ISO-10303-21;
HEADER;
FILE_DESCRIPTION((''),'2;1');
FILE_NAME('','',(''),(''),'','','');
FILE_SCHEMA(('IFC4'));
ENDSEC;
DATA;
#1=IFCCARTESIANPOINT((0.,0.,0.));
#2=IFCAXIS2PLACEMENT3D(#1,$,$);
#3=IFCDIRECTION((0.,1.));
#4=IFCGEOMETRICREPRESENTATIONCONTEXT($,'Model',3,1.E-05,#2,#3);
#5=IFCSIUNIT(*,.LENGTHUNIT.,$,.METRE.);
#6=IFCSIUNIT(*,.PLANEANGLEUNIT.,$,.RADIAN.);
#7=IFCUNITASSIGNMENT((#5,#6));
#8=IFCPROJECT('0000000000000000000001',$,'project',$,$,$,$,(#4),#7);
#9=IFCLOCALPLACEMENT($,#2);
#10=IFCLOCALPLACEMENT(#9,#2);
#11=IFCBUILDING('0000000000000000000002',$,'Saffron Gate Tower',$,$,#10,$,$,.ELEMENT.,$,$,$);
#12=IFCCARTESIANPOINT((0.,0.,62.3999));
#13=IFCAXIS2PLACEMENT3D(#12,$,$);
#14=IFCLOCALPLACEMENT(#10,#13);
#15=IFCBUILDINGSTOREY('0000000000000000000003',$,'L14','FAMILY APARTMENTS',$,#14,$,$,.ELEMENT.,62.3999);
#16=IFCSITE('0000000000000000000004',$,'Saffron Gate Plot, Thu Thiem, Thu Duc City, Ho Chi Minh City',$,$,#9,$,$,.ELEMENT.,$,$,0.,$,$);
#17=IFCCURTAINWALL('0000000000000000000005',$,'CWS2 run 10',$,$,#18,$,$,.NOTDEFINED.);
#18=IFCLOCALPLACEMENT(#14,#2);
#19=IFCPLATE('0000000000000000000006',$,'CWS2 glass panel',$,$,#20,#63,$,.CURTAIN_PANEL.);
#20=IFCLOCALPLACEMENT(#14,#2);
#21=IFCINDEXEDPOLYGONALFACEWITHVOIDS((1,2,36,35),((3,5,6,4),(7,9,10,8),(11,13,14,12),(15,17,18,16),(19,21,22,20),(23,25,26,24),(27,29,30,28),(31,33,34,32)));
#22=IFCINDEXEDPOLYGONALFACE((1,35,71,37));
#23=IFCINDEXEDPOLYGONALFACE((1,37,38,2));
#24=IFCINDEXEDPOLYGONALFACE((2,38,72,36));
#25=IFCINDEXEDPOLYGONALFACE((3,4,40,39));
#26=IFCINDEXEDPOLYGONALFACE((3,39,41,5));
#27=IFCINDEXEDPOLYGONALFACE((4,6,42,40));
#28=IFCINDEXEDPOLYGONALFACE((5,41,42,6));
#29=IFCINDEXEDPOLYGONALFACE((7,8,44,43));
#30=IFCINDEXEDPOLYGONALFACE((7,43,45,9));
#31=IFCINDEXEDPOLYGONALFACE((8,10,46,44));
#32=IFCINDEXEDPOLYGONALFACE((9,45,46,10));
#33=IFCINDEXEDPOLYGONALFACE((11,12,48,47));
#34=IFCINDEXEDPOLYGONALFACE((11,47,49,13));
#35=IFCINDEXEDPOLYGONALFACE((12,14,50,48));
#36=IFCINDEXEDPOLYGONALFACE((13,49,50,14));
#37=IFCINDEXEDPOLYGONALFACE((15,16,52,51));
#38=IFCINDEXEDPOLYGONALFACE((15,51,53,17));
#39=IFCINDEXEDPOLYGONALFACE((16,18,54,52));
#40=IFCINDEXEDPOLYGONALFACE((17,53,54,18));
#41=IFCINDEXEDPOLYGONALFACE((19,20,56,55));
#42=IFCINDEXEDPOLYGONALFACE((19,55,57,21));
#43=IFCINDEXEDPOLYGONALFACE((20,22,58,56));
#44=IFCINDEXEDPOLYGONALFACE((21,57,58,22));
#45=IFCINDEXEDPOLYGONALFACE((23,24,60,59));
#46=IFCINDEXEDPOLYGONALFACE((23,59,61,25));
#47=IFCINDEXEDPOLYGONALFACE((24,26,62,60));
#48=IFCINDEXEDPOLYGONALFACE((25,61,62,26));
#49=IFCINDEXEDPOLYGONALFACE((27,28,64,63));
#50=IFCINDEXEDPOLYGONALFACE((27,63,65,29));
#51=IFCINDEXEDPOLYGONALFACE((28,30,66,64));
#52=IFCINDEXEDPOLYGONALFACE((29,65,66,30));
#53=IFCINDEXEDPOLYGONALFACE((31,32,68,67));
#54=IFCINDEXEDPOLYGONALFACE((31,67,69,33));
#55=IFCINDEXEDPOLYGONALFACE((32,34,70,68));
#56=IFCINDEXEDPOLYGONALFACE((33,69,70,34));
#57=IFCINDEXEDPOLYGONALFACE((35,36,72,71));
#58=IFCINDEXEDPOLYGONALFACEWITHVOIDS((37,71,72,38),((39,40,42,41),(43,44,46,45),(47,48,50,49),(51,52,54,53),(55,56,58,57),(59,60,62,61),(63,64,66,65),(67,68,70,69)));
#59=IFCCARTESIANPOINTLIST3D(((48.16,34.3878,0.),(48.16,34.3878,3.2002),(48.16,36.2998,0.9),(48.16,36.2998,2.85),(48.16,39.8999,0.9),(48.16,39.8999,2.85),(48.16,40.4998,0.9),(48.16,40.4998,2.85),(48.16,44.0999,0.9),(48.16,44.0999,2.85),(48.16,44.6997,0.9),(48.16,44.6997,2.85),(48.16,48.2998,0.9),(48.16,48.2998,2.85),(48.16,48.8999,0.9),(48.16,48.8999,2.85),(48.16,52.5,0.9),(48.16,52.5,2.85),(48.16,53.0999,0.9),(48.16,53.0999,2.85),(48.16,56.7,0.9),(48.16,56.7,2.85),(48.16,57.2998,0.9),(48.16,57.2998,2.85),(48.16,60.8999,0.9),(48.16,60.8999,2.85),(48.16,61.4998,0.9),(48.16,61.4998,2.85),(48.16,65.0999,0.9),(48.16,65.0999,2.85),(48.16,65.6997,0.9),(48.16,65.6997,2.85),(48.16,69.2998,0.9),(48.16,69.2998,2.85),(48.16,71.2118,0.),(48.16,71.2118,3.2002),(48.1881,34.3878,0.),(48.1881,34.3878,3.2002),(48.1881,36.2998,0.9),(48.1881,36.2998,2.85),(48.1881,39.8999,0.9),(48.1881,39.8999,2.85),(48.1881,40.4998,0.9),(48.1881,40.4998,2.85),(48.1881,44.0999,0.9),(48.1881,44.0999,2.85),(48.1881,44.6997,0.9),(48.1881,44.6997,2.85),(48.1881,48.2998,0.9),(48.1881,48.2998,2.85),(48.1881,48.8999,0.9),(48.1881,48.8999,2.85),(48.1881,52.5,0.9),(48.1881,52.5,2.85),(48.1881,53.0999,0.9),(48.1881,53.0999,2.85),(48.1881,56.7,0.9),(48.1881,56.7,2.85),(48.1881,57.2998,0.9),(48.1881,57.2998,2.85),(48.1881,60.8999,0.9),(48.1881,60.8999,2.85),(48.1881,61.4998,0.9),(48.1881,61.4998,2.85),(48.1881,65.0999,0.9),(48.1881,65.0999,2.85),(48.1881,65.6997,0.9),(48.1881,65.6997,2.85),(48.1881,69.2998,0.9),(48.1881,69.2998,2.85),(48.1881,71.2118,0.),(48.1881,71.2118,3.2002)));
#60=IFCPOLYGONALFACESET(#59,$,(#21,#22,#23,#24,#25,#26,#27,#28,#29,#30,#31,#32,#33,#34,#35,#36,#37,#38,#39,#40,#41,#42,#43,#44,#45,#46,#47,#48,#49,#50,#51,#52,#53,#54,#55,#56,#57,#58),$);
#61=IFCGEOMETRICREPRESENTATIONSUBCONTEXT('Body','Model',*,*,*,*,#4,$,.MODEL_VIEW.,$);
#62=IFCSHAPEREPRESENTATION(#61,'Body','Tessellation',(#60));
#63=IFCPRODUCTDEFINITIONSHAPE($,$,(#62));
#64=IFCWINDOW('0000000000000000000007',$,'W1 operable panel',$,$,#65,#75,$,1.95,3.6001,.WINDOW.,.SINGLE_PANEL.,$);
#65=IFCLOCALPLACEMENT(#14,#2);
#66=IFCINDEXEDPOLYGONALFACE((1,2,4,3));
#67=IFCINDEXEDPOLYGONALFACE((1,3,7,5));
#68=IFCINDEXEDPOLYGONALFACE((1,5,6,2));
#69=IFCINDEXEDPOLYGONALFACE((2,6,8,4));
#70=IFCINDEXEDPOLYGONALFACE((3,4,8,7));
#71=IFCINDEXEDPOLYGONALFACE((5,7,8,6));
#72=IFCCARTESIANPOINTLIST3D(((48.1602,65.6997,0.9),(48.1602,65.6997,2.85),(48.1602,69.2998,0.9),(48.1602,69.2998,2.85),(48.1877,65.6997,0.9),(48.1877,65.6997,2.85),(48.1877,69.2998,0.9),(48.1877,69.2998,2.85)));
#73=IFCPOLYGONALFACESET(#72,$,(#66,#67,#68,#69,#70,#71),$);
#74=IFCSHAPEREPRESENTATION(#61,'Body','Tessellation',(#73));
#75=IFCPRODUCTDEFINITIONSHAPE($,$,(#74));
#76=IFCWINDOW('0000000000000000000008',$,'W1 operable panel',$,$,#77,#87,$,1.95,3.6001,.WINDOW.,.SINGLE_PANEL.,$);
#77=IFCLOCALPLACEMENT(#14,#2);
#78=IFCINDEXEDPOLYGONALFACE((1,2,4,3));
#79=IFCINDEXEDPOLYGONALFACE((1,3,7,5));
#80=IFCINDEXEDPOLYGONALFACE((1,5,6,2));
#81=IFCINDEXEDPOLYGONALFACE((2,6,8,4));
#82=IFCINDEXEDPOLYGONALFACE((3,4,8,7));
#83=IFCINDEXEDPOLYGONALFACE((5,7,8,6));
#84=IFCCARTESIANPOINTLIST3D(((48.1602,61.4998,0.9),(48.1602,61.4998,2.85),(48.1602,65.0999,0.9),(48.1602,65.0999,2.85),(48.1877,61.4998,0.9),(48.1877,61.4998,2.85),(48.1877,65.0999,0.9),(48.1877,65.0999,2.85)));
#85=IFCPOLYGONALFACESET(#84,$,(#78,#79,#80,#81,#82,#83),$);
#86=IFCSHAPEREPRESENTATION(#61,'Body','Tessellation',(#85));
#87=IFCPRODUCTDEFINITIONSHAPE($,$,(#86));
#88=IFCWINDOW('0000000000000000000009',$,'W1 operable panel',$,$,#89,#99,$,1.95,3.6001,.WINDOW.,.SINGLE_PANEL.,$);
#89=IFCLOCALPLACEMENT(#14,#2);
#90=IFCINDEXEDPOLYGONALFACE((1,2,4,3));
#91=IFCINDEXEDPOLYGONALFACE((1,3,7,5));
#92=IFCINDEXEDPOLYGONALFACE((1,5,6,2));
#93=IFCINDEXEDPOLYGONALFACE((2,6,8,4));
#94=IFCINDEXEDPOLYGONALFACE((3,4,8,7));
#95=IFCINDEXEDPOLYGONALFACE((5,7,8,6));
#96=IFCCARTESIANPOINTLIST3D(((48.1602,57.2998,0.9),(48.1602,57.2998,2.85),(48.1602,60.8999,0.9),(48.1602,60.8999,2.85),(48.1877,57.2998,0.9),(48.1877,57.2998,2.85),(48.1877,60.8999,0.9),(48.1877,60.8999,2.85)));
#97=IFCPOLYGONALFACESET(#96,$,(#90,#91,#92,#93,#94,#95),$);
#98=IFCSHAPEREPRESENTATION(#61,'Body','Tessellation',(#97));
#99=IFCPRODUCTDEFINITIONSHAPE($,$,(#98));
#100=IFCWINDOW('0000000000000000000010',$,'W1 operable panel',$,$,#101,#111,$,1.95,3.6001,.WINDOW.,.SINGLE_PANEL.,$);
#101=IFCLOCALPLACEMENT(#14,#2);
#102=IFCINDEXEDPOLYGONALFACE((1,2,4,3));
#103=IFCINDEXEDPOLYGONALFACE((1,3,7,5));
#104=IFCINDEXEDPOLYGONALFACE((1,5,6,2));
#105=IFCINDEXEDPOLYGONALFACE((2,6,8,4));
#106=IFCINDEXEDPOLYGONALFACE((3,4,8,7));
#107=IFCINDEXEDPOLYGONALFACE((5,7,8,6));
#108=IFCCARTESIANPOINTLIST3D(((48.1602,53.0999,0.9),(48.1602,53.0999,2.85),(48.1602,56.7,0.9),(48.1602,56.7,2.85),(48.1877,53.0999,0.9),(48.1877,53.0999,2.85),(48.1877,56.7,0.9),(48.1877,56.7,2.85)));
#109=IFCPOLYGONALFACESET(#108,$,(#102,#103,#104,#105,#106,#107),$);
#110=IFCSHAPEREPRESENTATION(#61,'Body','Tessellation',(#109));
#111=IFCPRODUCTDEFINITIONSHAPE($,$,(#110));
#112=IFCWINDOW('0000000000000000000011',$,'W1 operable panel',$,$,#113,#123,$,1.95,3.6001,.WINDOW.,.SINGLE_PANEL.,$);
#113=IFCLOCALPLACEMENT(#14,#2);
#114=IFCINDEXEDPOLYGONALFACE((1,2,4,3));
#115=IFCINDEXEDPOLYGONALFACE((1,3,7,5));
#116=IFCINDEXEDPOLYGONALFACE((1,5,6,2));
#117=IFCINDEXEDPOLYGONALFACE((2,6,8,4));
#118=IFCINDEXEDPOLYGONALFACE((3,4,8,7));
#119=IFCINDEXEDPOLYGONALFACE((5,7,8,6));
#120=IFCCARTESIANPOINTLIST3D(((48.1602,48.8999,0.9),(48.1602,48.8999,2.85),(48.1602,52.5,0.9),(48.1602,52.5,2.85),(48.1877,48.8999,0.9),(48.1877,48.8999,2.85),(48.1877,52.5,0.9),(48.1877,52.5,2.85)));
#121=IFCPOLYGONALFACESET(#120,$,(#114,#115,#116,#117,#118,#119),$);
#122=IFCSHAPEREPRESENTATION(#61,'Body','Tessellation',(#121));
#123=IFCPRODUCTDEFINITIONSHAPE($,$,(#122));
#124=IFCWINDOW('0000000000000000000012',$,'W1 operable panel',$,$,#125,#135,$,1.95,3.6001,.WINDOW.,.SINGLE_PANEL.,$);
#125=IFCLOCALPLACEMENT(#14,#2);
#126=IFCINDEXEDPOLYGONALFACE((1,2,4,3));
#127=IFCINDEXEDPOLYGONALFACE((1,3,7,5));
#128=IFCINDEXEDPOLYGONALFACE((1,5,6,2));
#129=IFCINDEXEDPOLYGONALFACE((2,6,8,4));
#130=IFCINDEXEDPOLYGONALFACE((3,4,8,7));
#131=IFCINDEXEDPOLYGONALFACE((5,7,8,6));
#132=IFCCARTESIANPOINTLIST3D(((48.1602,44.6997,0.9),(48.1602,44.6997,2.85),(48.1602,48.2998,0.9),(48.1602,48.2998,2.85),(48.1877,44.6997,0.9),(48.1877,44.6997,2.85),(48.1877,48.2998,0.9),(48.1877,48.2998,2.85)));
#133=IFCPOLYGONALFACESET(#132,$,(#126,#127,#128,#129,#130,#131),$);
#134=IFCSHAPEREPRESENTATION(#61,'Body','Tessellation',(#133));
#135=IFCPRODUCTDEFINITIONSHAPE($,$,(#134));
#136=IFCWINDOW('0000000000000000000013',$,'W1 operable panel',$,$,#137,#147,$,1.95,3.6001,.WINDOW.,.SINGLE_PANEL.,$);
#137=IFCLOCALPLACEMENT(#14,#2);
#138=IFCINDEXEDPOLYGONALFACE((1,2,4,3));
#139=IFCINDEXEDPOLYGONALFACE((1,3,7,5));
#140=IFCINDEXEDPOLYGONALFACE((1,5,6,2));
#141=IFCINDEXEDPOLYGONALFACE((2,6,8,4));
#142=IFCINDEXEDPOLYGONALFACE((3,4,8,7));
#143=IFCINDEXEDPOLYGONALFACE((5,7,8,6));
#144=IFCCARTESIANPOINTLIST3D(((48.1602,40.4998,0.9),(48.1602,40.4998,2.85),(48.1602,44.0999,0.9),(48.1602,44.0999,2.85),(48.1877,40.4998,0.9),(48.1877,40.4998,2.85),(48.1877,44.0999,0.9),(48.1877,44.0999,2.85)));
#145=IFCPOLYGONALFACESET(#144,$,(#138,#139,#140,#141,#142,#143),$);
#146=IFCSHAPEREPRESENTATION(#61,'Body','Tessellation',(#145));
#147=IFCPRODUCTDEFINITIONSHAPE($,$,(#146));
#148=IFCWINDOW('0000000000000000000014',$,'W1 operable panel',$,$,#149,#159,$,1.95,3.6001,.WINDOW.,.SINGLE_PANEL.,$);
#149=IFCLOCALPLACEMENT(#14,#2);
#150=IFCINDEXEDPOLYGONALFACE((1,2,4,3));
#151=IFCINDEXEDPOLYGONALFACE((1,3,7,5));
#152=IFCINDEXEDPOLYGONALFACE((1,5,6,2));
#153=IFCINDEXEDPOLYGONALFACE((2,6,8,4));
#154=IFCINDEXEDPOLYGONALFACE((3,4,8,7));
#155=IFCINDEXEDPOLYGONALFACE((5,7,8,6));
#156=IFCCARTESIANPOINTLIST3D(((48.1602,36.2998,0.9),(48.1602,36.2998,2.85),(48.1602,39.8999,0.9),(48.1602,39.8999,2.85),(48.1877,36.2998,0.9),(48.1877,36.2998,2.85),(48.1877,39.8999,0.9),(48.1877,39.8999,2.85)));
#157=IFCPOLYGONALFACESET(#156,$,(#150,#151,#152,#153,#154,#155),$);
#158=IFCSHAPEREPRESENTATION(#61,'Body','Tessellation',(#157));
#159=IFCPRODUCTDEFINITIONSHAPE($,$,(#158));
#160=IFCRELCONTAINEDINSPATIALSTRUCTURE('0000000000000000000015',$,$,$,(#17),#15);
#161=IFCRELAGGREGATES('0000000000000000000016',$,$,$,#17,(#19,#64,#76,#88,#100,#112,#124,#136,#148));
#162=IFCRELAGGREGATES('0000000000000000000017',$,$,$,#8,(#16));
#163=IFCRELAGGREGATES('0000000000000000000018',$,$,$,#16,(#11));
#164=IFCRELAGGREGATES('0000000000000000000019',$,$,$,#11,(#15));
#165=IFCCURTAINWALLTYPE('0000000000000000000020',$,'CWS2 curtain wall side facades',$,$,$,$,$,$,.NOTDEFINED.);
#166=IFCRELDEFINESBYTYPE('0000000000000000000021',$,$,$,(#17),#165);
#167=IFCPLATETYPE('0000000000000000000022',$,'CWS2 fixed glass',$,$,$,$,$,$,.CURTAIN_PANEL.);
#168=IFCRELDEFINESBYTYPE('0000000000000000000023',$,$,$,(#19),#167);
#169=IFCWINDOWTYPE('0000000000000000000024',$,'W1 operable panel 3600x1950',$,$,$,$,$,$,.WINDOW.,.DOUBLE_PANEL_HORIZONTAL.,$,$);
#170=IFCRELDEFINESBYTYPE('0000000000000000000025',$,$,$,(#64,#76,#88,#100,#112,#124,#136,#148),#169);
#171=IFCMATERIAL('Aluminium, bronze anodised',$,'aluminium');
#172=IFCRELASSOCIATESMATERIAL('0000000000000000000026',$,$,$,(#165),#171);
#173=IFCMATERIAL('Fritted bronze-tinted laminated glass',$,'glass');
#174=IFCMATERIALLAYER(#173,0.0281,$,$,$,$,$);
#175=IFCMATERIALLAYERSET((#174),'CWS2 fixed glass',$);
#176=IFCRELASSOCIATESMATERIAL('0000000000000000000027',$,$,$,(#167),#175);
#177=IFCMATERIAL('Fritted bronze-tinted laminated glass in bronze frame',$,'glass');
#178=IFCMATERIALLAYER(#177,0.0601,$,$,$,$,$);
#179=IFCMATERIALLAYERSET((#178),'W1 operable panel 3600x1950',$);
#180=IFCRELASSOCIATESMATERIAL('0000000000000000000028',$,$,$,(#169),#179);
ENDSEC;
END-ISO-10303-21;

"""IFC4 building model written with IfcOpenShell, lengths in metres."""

from ifc_helpers import new_model, si_unit, direction, frame, frame_2d, origin, place, context, subcontext, project, spatial, rectangle, extrude, material, layer, layer_set, type_object, element, fill, aggregate, save


model = new_model("IFC4")

# Units and contexts
model_context = context("Model", 3, precision=1e-05, world=origin(), true_north=direction((0.0, 1.0)))
body_context = subcontext(model_context, "Body", "Model", "MODEL_VIEW")
ifc_project = project(units=[si_unit("LENGTHUNIT", "METRE"), si_unit("PLANEANGLEUNIT", "RADIAN")], contexts=[model_context])

# Site, building, storey
site_placement = place(None, origin())
site = spatial("IfcSite", under=ifc_project, at=site_placement, Name="Saffron Gate Plot, Thu Thiem, Thu Duc City, Ho Chi Minh City", CompositionType="ELEMENT", RefElevation=0.0)
building_placement = place(site_placement, origin())
building = spatial("IfcBuilding", under=site, at=building_placement, Name="Saffron Gate Tower", CompositionType="ELEMENT")
storey_placement = place(building_placement, frame((0.0, 0.0, 62.3999)))
storey = spatial("IfcBuildingStorey", under=building, at=storey_placement, Name="L14", Description="FAMILY APARTMENTS", CompositionType="ELEMENT", Elevation=62.3999)

# Curtain wall
ifc_material_1 = material(Name="Aluminium, bronze anodised", Category="aluminium")
curtain_wall_type_1 = type_object("IfcCurtainWallType", Name="CWS2 curtain wall side facades", PredefinedType="NOTDEFINED", material=ifc_material_1)
curtain_wall_1_placement = place(storey_placement, origin())
curtain_wall_1 = element("IfcCurtainWall", 1, at=curtain_wall_1_placement, inside=storey, type_object=curtain_wall_type_1, Name="CWS2 run 10", PredefinedType="NOTDEFINED")

# Plate, openings, windows
ifc_material_2 = material(Name="Fritted bronze-tinted laminated glass", Category="glass")
ifc_layer_1 = layer(ifc_material_2, 0.0281)
ifc_layer_set_1 = layer_set([ifc_layer_1], Name="CWS2 fixed glass")
plate_type_1 = type_object("IfcPlateType", Name="CWS2 fixed glass", PredefinedType="CURTAIN_PANEL", material=ifc_layer_set_1)
plate_1_placement = place(storey_placement, frame((48.1741, 71.2119, 0.0), z_axis=(0.0, 0.0, 1.0), x_axis=(0.0, -1.0, 0.0)))
plate_1 = element("IfcPlate", 2, at=plate_1_placement, type_object=plate_type_1, Name="CWS2 glass panel", PredefinedType="CURTAIN_PANEL", context=body_context, shape_type="SweptSolid", body=[
    extrude(rectangle(XDim=36.824, YDim=0.0281, at=frame_2d((18.4121, 0.0))), origin(), (0.0, 0.0, 1.0), 3.2002),
])
opening_1_placement = place(plate_1_placement, frame((1.9121, 0.0, 0.8999)))
opening_1 = element("IfcOpeningElement", 3, at=opening_1_placement, cuts=plate_1, PredefinedType="OPENING", context=body_context, shape_type="SweptSolid", body=[
    extrude(rectangle(XDim=3.6001, YDim=1.95, at=frame_2d((1.8, 0.9751))), frame((0.0, 0.0239, 0.0), z_axis=(0.0, -1.0, 0.0), x_axis=(1.0, 0.0, 0.0)), (0.0, 0.0, 1.0), 0.0481),
])
opening_2_placement = place(plate_1_placement, frame((6.1121, 0.0, 0.8999)))
opening_2 = element("IfcOpeningElement", 4, at=opening_2_placement, cuts=plate_1, PredefinedType="OPENING", context=body_context, shape_type="SweptSolid", body=[
    extrude(rectangle(XDim=3.6001, YDim=1.95, at=frame_2d((1.8, 0.9751))), frame((0.0, 0.0239, 0.0), z_axis=(0.0, -1.0, 0.0), x_axis=(1.0, 0.0, 0.0)), (0.0, 0.0, 1.0), 0.0481),
])
opening_3_placement = place(plate_1_placement, frame((10.312, 0.0, 0.8999)))
opening_3 = element("IfcOpeningElement", 5, at=opening_3_placement, cuts=plate_1, PredefinedType="OPENING", context=body_context, shape_type="SweptSolid", body=[
    extrude(rectangle(XDim=3.6001, YDim=1.95, at=frame_2d((1.8, 0.9751))), frame((0.0, 0.0239, 0.0), z_axis=(0.0, -1.0, 0.0), x_axis=(1.0, 0.0, 0.0)), (0.0, 0.0, 1.0), 0.0481),
])
opening_4_placement = place(plate_1_placement, frame((14.512, 0.0, 0.8999)))
opening_4 = element("IfcOpeningElement", 6, at=opening_4_placement, cuts=plate_1, PredefinedType="OPENING", context=body_context, shape_type="SweptSolid", body=[
    extrude(rectangle(XDim=3.6001, YDim=1.95, at=frame_2d((1.8, 0.9751))), frame((0.0, 0.0239, 0.0), z_axis=(0.0, -1.0, 0.0), x_axis=(1.0, 0.0, 0.0)), (0.0, 0.0, 1.0), 0.0481),
])
opening_5_placement = place(plate_1_placement, frame((18.7119, 0.0, 0.8999)))
opening_5 = element("IfcOpeningElement", 7, at=opening_5_placement, cuts=plate_1, PredefinedType="OPENING", context=body_context, shape_type="SweptSolid", body=[
    extrude(rectangle(XDim=3.6001, YDim=1.95, at=frame_2d((1.8, 0.9751))), frame((0.0, 0.0239, 0.0), z_axis=(0.0, -1.0, 0.0), x_axis=(1.0, 0.0, 0.0)), (0.0, 0.0, 1.0), 0.0481),
])
opening_6_placement = place(plate_1_placement, frame((22.9121, 0.0, 0.8999)))
opening_6 = element("IfcOpeningElement", 8, at=opening_6_placement, cuts=plate_1, PredefinedType="OPENING", context=body_context, shape_type="SweptSolid", body=[
    extrude(rectangle(XDim=3.6001, YDim=1.95, at=frame_2d((1.8, 0.9751))), frame((0.0, 0.0239, 0.0), z_axis=(0.0, -1.0, 0.0), x_axis=(1.0, 0.0, 0.0)), (0.0, 0.0, 1.0), 0.0481),
])
opening_7_placement = place(plate_1_placement, frame((27.1121, 0.0, 0.8999)))
opening_7 = element("IfcOpeningElement", 9, at=opening_7_placement, cuts=plate_1, PredefinedType="OPENING", context=body_context, shape_type="SweptSolid", body=[
    extrude(rectangle(XDim=3.6001, YDim=1.95, at=frame_2d((1.8, 0.9751))), frame((0.0, 0.0239, 0.0), z_axis=(0.0, -1.0, 0.0), x_axis=(1.0, 0.0, 0.0)), (0.0, 0.0, 1.0), 0.0481),
])
opening_8_placement = place(plate_1_placement, frame((31.312, 0.0, 0.8999)))
opening_8 = element("IfcOpeningElement", 10, at=opening_8_placement, cuts=plate_1, PredefinedType="OPENING", context=body_context, shape_type="SweptSolid", body=[
    extrude(rectangle(XDim=3.6001, YDim=1.95, at=frame_2d((1.8, 0.9751))), frame((0.0, 0.0239, 0.0), z_axis=(0.0, -1.0, 0.0), x_axis=(1.0, 0.0, 0.0)), (0.0, 0.0, 1.0), 0.0481),
])
ifc_material_3 = material(Name="Fritted bronze-tinted laminated glass in bronze frame", Category="glass")
ifc_layer_2 = layer(ifc_material_3, 0.0601)
ifc_layer_set_2 = layer_set([ifc_layer_2], Name="W1 operable panel 3600x1950")
window_type = type_object("IfcWindowType", Name="W1 operable panel 3600x1950", PartitioningType="DOUBLE_PANEL_HORIZONTAL", PredefinedType="WINDOW", material=ifc_layer_set_2)
window_1_placement = place(opening_1_placement, origin())
window_1 = element("IfcWindow", 11, at=window_1_placement, type_object=window_type, Name="W1 operable panel", OverallHeight=1.95, OverallWidth=3.6001, PartitioningType="SINGLE_PANEL", PredefinedType="WINDOW", context=body_context, shape_type="SweptSolid", body=[
    extrude(rectangle(XDim=3.6001, YDim=1.95, at=frame_2d((1.8, 0.9751))), frame((0.0, 0.0137, 0.0), z_axis=(0.0, -1.0, 0.0), x_axis=(1.0, 0.0, 0.0)), (0.0, 0.0, 1.0), 0.0276),
])
fill(opening_1, window_1)
window_2_placement = place(opening_2_placement, origin())
window_2 = element("IfcWindow", 12, at=window_2_placement, type_object=window_type, Name="W1 operable panel", OverallHeight=1.95, OverallWidth=3.6001, PartitioningType="SINGLE_PANEL", PredefinedType="WINDOW", context=body_context, shape_type="SweptSolid", body=[
    extrude(rectangle(XDim=3.6001, YDim=1.95, at=frame_2d((1.8, 0.9751))), frame((0.0, 0.0137, 0.0), z_axis=(0.0, -1.0, 0.0), x_axis=(1.0, 0.0, 0.0)), (0.0, 0.0, 1.0), 0.0276),
])
fill(opening_2, window_2)
window_3_placement = place(opening_3_placement, origin())
window_3 = element("IfcWindow", 13, at=window_3_placement, type_object=window_type, Name="W1 operable panel", OverallHeight=1.95, OverallWidth=3.6001, PartitioningType="SINGLE_PANEL", PredefinedType="WINDOW", context=body_context, shape_type="SweptSolid", body=[
    extrude(rectangle(XDim=3.6001, YDim=1.95, at=frame_2d((1.8, 0.9751))), frame((0.0, 0.0137, 0.0), z_axis=(0.0, -1.0, 0.0), x_axis=(1.0, 0.0, 0.0)), (0.0, 0.0, 1.0), 0.0276),
])
fill(opening_3, window_3)
window_4_placement = place(opening_4_placement, origin())
window_4 = element("IfcWindow", 14, at=window_4_placement, type_object=window_type, Name="W1 operable panel", OverallHeight=1.95, OverallWidth=3.6001, PartitioningType="SINGLE_PANEL", PredefinedType="WINDOW", context=body_context, shape_type="SweptSolid", body=[
    extrude(rectangle(XDim=3.6001, YDim=1.95, at=frame_2d((1.8, 0.9751))), frame((0.0, 0.0137, 0.0), z_axis=(0.0, -1.0, 0.0), x_axis=(1.0, 0.0, 0.0)), (0.0, 0.0, 1.0), 0.0276),
])
fill(opening_4, window_4)
window_5_placement = place(opening_5_placement, origin())
window_5 = element("IfcWindow", 15, at=window_5_placement, type_object=window_type, Name="W1 operable panel", OverallHeight=1.95, OverallWidth=3.6001, PartitioningType="SINGLE_PANEL", PredefinedType="WINDOW", context=body_context, shape_type="SweptSolid", body=[
    extrude(rectangle(XDim=3.6001, YDim=1.95, at=frame_2d((1.8, 0.9751))), frame((0.0, 0.0137, 0.0), z_axis=(0.0, -1.0, 0.0), x_axis=(1.0, 0.0, 0.0)), (0.0, 0.0, 1.0), 0.0276),
])
fill(opening_5, window_5)
window_6_placement = place(opening_6_placement, origin())
window_6 = element("IfcWindow", 16, at=window_6_placement, type_object=window_type, Name="W1 operable panel", OverallHeight=1.95, OverallWidth=3.6001, PartitioningType="SINGLE_PANEL", PredefinedType="WINDOW", context=body_context, shape_type="SweptSolid", body=[
    extrude(rectangle(XDim=3.6001, YDim=1.95, at=frame_2d((1.8, 0.9751))), frame((0.0, 0.0137, 0.0), z_axis=(0.0, -1.0, 0.0), x_axis=(1.0, 0.0, 0.0)), (0.0, 0.0, 1.0), 0.0276),
])
fill(opening_6, window_6)
window_7_placement = place(opening_7_placement, origin())
window_7 = element("IfcWindow", 17, at=window_7_placement, type_object=window_type, Name="W1 operable panel", OverallHeight=1.95, OverallWidth=3.6001, PartitioningType="SINGLE_PANEL", PredefinedType="WINDOW", context=body_context, shape_type="SweptSolid", body=[
    extrude(rectangle(XDim=3.6001, YDim=1.95, at=frame_2d((1.8, 0.9751))), frame((0.0, 0.0137, 0.0), z_axis=(0.0, -1.0, 0.0), x_axis=(1.0, 0.0, 0.0)), (0.0, 0.0, 1.0), 0.0276),
])
fill(opening_7, window_7)
window_8_placement = place(opening_8_placement, origin())
window_8 = element("IfcWindow", 18, at=window_8_placement, type_object=window_type, Name="W1 operable panel", OverallHeight=1.95, OverallWidth=3.6001, PartitioningType="SINGLE_PANEL", PredefinedType="WINDOW", context=body_context, shape_type="SweptSolid", body=[
    extrude(rectangle(XDim=3.6001, YDim=1.95, at=frame_2d((1.8, 0.9751))), frame((0.0, 0.0137, 0.0), z_axis=(0.0, -1.0, 0.0), x_axis=(1.0, 0.0, 0.0)), (0.0, 0.0, 1.0), 0.0276),
])
fill(opening_8, window_8)
aggregate(curtain_wall_1, [plate_1, window_1, window_2, window_3, window_4, window_5, window_6, window_7, window_8])

save(model, "model.ifc")
